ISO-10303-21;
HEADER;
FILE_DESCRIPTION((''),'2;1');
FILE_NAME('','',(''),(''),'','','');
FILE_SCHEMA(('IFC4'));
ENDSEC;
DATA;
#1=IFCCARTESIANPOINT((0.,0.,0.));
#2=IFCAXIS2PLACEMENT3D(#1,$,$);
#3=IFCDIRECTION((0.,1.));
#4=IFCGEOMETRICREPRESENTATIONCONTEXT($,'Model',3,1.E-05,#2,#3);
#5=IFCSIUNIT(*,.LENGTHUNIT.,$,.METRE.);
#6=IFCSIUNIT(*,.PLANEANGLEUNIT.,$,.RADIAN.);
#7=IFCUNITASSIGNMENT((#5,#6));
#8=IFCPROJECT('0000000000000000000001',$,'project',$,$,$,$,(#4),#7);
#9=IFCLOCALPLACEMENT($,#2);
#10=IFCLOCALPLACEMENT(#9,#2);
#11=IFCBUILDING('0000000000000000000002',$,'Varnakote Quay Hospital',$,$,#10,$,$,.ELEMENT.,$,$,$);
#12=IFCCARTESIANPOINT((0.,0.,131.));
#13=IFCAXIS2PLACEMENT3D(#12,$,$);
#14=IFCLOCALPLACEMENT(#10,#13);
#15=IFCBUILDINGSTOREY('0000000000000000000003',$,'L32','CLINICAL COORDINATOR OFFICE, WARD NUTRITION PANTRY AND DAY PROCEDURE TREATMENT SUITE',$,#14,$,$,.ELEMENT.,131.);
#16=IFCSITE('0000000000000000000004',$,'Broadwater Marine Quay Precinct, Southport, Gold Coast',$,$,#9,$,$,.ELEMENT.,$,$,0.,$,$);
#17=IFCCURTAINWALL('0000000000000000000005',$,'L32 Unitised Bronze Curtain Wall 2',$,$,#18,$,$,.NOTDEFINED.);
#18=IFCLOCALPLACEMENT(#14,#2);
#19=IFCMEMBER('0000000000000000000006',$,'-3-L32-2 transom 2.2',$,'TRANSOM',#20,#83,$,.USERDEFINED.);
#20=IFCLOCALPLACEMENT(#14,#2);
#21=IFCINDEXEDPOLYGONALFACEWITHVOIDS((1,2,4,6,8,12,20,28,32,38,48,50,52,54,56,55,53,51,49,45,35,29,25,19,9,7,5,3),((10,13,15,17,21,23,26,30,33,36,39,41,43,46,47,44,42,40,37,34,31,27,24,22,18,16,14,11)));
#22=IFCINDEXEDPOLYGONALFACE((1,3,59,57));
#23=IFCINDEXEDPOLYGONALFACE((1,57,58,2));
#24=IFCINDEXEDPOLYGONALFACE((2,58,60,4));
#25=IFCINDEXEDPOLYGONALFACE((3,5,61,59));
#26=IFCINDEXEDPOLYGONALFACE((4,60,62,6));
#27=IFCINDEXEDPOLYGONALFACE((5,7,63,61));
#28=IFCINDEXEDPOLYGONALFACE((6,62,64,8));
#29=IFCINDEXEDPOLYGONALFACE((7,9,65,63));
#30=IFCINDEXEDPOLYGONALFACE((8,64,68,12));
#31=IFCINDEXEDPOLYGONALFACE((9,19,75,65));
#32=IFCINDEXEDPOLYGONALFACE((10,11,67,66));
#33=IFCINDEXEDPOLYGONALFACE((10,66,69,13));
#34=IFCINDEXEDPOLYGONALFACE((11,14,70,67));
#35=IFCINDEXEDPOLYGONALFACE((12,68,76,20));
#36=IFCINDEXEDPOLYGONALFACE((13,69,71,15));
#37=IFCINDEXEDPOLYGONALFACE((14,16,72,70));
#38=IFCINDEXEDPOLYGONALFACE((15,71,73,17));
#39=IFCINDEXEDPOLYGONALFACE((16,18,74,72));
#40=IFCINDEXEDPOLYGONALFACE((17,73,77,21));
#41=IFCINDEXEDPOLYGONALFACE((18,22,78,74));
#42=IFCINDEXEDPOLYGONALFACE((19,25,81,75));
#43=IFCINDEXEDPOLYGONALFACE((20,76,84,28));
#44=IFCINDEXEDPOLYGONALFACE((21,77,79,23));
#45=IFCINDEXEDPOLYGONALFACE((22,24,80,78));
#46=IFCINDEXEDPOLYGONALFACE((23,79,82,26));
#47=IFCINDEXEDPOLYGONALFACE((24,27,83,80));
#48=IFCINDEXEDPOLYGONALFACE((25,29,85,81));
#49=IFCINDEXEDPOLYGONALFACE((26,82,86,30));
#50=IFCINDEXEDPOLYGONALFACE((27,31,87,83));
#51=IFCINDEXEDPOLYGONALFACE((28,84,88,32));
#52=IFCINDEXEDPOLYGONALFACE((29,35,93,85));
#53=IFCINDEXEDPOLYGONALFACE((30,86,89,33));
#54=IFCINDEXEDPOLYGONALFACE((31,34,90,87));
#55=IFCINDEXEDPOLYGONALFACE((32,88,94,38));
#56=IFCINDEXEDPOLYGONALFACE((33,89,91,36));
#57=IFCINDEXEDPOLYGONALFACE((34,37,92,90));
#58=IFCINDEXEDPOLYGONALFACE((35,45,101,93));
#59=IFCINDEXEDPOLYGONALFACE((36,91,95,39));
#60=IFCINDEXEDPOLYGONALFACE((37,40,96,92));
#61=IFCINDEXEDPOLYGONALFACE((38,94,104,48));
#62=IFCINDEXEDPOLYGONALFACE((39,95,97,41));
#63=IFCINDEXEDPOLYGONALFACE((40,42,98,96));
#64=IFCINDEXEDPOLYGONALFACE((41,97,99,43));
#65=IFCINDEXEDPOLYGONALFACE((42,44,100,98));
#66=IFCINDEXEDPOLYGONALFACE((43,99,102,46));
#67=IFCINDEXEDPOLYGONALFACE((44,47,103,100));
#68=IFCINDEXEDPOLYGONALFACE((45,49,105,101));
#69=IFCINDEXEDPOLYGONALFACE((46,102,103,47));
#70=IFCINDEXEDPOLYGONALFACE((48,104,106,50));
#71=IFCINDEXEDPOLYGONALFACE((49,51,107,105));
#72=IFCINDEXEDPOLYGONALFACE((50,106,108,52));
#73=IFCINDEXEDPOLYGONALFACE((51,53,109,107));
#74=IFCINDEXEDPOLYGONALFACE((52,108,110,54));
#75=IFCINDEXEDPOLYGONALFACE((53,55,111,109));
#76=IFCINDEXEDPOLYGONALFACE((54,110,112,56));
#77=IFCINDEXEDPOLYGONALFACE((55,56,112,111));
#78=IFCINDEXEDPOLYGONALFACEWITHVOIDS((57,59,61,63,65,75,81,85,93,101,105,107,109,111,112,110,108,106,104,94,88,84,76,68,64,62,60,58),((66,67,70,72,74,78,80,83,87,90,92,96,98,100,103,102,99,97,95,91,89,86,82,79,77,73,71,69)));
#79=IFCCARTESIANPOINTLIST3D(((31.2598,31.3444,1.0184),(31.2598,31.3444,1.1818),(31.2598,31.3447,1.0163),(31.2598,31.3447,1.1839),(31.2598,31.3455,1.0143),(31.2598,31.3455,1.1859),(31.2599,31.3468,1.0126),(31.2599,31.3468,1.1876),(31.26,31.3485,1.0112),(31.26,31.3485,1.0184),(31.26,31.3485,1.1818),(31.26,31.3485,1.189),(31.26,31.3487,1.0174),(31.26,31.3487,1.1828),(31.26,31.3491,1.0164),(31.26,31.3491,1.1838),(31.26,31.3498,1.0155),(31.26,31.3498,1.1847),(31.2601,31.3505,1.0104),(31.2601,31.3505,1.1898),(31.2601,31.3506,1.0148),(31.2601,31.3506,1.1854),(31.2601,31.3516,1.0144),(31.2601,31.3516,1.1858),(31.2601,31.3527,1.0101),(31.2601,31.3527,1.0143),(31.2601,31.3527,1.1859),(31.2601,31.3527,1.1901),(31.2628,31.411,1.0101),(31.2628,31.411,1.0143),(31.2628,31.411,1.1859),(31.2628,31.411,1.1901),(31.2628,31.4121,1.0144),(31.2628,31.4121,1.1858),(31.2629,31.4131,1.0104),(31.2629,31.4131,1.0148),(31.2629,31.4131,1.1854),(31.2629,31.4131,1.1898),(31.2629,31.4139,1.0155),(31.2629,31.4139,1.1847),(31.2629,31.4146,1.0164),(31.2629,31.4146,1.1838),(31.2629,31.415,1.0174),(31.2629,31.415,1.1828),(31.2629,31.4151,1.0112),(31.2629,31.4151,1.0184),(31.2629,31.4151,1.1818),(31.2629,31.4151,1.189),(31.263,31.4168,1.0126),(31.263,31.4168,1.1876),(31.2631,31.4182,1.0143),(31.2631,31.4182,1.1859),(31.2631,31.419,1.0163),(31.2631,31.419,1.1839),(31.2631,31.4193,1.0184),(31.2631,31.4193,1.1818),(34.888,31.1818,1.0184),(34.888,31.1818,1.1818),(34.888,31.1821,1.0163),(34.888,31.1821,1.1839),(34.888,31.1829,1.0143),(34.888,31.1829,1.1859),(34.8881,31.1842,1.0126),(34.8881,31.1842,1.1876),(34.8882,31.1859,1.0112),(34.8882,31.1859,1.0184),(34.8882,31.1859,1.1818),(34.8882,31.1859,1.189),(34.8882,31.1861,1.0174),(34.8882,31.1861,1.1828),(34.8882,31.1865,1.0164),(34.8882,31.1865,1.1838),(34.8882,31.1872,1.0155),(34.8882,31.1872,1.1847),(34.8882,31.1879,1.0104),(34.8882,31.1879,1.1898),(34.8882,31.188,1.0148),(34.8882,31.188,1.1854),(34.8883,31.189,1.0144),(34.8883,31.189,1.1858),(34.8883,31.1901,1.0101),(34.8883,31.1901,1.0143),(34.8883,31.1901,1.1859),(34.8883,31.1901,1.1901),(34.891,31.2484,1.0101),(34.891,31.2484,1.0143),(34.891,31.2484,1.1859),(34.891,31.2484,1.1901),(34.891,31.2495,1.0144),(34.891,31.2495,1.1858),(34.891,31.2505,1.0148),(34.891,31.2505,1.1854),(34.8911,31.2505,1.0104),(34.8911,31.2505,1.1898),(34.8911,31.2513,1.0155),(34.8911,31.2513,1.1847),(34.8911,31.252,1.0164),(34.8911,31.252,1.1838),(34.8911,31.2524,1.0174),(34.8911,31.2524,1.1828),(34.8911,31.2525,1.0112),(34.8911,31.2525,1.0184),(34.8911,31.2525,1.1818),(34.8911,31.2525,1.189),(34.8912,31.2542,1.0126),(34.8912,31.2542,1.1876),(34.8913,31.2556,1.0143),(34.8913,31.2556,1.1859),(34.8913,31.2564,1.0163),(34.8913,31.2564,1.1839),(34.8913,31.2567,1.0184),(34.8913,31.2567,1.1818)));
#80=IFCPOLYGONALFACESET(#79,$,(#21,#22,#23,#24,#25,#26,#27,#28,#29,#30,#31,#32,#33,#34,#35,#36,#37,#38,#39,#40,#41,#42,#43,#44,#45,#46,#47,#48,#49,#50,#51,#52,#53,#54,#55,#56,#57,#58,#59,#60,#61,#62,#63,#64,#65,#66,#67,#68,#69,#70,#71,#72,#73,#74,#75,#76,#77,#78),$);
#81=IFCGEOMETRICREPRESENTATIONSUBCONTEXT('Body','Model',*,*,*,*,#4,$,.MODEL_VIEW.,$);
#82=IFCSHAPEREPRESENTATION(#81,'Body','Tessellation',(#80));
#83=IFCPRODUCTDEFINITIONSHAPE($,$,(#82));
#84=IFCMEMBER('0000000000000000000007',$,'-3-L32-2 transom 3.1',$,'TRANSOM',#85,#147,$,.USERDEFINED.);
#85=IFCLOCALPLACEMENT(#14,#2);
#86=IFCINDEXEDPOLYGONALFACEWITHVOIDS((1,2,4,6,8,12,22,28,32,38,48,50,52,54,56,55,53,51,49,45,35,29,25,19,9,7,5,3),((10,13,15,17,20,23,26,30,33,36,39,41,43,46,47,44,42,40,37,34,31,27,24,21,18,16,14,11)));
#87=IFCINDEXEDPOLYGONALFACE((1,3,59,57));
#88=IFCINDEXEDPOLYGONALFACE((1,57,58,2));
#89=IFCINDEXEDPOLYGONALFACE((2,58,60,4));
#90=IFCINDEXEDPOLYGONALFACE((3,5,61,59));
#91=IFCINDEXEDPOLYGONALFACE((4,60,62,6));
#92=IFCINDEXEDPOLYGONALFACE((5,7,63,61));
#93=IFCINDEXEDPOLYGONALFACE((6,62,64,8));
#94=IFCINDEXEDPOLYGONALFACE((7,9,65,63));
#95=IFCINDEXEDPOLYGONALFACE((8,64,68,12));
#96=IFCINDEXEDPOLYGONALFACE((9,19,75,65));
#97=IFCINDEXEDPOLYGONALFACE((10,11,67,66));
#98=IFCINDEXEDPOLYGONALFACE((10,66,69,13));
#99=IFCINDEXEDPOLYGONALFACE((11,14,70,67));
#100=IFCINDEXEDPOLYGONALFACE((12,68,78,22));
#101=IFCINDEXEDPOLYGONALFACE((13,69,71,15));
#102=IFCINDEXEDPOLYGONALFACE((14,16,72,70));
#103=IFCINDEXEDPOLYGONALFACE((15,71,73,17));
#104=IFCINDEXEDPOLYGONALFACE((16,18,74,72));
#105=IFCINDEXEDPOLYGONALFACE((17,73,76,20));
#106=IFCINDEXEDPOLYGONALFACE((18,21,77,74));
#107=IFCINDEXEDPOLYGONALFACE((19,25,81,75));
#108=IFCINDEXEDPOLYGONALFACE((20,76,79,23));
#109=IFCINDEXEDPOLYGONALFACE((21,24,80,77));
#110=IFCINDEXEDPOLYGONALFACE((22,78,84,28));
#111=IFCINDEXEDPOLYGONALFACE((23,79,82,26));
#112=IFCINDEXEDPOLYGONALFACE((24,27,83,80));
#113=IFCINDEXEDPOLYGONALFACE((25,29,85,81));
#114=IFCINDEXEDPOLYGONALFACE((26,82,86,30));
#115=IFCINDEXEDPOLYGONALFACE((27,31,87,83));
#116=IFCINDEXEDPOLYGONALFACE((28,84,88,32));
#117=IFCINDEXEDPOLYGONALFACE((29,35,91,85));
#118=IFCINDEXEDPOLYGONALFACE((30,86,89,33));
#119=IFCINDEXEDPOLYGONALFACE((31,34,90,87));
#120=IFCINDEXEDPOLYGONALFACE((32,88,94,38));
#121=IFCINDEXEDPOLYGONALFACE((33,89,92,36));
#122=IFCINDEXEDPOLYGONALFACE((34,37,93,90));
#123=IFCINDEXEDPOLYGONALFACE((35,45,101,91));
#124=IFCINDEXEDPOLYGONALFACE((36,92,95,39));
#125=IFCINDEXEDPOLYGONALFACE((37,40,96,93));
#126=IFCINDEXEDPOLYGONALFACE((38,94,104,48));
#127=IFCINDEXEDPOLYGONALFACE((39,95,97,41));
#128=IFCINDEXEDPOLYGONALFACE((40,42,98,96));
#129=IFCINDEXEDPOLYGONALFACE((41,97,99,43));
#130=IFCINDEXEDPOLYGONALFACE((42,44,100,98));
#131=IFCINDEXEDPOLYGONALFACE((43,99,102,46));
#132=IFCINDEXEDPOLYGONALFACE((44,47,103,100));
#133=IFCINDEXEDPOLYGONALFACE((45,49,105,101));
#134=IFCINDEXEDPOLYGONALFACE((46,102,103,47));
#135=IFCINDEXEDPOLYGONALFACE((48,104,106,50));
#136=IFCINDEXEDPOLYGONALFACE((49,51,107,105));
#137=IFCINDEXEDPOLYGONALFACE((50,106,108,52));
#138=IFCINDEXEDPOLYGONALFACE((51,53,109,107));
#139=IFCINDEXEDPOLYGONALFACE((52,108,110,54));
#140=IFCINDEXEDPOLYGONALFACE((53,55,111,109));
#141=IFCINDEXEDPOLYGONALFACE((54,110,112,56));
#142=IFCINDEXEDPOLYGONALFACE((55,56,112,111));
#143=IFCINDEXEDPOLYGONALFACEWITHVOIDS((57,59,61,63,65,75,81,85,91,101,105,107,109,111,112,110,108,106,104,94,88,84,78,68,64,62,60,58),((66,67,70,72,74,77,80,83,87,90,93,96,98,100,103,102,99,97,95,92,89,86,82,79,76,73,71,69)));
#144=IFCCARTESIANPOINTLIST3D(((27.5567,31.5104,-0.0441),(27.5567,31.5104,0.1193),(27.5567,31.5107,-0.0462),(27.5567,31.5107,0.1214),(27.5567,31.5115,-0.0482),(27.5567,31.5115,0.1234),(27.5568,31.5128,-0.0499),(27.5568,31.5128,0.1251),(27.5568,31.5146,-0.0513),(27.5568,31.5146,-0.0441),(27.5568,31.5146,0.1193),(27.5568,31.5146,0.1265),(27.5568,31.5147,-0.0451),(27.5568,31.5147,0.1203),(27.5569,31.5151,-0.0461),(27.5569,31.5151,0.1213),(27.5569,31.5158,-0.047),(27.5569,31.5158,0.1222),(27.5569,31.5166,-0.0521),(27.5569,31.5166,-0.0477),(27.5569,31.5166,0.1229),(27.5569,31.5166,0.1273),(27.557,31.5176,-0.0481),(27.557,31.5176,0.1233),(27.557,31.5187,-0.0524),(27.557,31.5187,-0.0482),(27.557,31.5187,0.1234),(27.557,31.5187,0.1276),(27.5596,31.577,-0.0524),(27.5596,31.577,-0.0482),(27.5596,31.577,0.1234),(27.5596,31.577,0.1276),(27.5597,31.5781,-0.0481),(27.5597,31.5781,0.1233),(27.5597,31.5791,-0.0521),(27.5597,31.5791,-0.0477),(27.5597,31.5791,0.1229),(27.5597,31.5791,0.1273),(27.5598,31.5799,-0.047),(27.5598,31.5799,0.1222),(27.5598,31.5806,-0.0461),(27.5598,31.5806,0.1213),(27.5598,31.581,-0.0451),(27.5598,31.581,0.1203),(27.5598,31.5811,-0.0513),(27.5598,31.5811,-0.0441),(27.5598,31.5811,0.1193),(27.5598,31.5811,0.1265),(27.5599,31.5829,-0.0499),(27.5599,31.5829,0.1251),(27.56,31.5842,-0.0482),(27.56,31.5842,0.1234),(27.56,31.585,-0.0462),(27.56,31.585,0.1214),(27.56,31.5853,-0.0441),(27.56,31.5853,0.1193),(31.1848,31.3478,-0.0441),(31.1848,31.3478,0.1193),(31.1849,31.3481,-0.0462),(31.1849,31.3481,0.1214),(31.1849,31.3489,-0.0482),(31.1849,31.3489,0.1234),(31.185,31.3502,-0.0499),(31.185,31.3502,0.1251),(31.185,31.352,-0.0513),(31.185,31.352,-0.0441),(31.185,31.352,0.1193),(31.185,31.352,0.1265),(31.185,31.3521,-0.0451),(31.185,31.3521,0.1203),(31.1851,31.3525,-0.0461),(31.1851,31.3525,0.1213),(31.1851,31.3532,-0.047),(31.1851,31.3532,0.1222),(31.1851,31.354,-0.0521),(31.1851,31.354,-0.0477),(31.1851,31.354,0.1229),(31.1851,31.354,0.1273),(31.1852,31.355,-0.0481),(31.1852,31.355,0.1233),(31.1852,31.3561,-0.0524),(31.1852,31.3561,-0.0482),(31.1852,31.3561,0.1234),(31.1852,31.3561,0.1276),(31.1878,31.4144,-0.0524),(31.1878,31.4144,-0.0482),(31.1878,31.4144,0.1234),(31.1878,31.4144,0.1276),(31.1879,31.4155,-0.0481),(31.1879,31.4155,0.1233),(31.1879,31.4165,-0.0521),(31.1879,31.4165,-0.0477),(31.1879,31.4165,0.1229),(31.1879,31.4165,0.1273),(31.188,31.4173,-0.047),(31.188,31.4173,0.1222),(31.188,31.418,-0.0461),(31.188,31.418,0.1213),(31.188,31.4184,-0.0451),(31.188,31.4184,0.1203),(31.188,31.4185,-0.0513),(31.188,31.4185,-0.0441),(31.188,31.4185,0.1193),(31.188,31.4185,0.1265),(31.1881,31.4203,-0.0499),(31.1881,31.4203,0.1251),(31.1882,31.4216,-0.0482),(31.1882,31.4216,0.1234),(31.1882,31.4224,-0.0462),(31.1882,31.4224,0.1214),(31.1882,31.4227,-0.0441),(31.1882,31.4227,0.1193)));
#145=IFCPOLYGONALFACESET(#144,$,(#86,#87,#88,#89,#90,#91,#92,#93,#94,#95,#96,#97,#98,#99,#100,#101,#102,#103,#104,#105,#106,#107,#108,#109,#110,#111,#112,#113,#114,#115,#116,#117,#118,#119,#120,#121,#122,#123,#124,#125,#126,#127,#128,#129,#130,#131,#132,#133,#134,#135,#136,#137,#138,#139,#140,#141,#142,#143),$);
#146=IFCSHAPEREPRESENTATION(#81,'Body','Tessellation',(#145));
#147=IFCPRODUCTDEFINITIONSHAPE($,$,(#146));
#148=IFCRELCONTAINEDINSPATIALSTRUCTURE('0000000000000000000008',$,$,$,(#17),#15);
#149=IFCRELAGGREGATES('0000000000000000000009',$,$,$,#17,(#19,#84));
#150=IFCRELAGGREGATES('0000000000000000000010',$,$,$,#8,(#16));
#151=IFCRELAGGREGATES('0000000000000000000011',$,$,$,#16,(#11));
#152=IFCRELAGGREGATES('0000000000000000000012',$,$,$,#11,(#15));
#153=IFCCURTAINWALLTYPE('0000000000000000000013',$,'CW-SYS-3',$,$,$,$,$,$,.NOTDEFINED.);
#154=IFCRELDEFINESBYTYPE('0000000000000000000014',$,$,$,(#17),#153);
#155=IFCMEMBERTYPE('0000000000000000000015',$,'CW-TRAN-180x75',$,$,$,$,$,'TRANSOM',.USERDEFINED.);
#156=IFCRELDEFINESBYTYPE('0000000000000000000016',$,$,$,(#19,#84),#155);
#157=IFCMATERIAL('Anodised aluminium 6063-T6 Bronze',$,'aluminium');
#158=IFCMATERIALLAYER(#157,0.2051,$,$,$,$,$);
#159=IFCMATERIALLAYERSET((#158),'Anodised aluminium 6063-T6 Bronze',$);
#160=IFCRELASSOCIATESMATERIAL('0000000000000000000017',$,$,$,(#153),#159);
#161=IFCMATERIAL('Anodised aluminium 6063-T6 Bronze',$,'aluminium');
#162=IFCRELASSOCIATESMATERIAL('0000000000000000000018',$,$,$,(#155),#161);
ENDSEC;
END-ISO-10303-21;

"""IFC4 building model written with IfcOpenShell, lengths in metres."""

from ifc_helpers import new_model, si_unit, direction, frame, origin, origin_2d, place, context, subcontext, project, spatial, hollow_rectangle, extrude, material, layer, layer_set, material_profile, profile_set, type_object, element, aggregate, save


model = new_model("IFC4")

# Units and contexts
model_context = context("Model", 3, precision=1e-05, world=origin(), true_north=direction((0.0, 1.0)))
body_context = subcontext(model_context, "Body", "Model", "MODEL_VIEW")
ifc_project = project(units=[si_unit("LENGTHUNIT", "METRE"), si_unit("PLANEANGLEUNIT", "RADIAN")], contexts=[model_context])

# Site, building, storey
site_placement = place(None, origin())
site = spatial("IfcSite", under=ifc_project, at=site_placement, Name="Broadwater Marine Quay Precinct, Southport, Gold Coast", CompositionType="ELEMENT", RefElevation=0.0)
building_placement = place(site_placement, origin())
building = spatial("IfcBuilding", under=site, at=building_placement, Name="Varnakote Quay Hospital", CompositionType="ELEMENT")
storey_placement = place(building_placement, frame((0.0, 0.0, 131.0)))
storey = spatial("IfcBuildingStorey", under=building, at=storey_placement, Name="L32", Description="CLINICAL COORDINATOR OFFICE, WARD NUTRITION PANTRY AND DAY PROCEDURE TREATMENT SUITE", CompositionType="ELEMENT", Elevation=131.0)

# Curtain wall, members
ifc_material_1 = material(Name="Anodised aluminium 6063-T6 Bronze", Category="aluminium")
ifc_layer_1 = layer(ifc_material_1, 0.2051)
ifc_layer_set_1 = layer_set([ifc_layer_1], Name="Anodised aluminium 6063-T6 Bronze")
curtain_wall_type = type_object("IfcCurtainWallType", Name="CW-SYS-3", PredefinedType="NOTDEFINED", material=ifc_layer_set_1)
curtain_wall_placement = place(storey_placement, origin())
curtain_wall = element("IfcCurtainWall", 1, at=curtain_wall_placement, inside=storey, type_object=curtain_wall_type, Name="L32 Unitised Bronze Curtain Wall 2", PredefinedType="NOTDEFINED")
ifc_material_2 = material(Name="Anodised aluminium 6063-T6 Bronze", Category="aluminium")
ifc_material_profile_1 = material_profile(ifc_material_2, hollow_rectangle(XDim=0.075, YDim=0.1799, WallThickness=0.0042, InnerFilletRadius=0.0042, OuterFilletRadius=0.0083, at=origin_2d()), Name="CW-TRAN-180x75")
ifc_profile_set_1 = profile_set([ifc_material_profile_1], Name="Anodised aluminium 6063-T6 Bronze")
member_type_1 = type_object("IfcMemberType", Name="CW-TRAN-180x75", ElementType="TRANSOM", PredefinedType="USERDEFINED", material=ifc_profile_set_1)
member_1_placement = place(storey_placement, frame((34.8896, 31.2192, 1.1001), z_axis=(-0.998997, 0.04477, 0.0), x_axis=(-0.04477, -0.998997, 0.0)))
member_1 = element("IfcMember", 2, at=member_1_placement, type_object=member_type_1, Name="-3-L32-2 transom 2.2", ObjectType="TRANSOM", PredefinedType="USERDEFINED", context=body_context, shape_type="SweptSolid", body=[
    extrude(hollow_rectangle(XDim=0.075, YDim=0.1799, WallThickness=0.0042, InnerFilletRadius=0.0042, OuterFilletRadius=0.0083, at=origin_2d()), origin(), (0.0, 0.0, 1.0), 3.6318),
])
member_2_placement = place(storey_placement, frame((31.1865, 31.3853, 0.0376), z_axis=(-0.998997, 0.04477, 0.0), x_axis=(-0.04477, -0.998997, 0.0)))
member_2 = element("IfcMember", 3, at=member_2_placement, type_object=member_type_1, Name="-3-L32-2 transom 3.1", ObjectType="TRANSOM", PredefinedType="USERDEFINED", context=body_context, shape_type="SweptSolid", body=[
    extrude(hollow_rectangle(XDim=0.075, YDim=0.1799, WallThickness=0.0042, InnerFilletRadius=0.0042, OuterFilletRadius=0.0083, at=origin_2d()), origin(), (0.0, 0.0, 1.0), 3.6318),
])

aggregate(curtain_wall, [member_1, member_2])

save(model, "model.ifc")
